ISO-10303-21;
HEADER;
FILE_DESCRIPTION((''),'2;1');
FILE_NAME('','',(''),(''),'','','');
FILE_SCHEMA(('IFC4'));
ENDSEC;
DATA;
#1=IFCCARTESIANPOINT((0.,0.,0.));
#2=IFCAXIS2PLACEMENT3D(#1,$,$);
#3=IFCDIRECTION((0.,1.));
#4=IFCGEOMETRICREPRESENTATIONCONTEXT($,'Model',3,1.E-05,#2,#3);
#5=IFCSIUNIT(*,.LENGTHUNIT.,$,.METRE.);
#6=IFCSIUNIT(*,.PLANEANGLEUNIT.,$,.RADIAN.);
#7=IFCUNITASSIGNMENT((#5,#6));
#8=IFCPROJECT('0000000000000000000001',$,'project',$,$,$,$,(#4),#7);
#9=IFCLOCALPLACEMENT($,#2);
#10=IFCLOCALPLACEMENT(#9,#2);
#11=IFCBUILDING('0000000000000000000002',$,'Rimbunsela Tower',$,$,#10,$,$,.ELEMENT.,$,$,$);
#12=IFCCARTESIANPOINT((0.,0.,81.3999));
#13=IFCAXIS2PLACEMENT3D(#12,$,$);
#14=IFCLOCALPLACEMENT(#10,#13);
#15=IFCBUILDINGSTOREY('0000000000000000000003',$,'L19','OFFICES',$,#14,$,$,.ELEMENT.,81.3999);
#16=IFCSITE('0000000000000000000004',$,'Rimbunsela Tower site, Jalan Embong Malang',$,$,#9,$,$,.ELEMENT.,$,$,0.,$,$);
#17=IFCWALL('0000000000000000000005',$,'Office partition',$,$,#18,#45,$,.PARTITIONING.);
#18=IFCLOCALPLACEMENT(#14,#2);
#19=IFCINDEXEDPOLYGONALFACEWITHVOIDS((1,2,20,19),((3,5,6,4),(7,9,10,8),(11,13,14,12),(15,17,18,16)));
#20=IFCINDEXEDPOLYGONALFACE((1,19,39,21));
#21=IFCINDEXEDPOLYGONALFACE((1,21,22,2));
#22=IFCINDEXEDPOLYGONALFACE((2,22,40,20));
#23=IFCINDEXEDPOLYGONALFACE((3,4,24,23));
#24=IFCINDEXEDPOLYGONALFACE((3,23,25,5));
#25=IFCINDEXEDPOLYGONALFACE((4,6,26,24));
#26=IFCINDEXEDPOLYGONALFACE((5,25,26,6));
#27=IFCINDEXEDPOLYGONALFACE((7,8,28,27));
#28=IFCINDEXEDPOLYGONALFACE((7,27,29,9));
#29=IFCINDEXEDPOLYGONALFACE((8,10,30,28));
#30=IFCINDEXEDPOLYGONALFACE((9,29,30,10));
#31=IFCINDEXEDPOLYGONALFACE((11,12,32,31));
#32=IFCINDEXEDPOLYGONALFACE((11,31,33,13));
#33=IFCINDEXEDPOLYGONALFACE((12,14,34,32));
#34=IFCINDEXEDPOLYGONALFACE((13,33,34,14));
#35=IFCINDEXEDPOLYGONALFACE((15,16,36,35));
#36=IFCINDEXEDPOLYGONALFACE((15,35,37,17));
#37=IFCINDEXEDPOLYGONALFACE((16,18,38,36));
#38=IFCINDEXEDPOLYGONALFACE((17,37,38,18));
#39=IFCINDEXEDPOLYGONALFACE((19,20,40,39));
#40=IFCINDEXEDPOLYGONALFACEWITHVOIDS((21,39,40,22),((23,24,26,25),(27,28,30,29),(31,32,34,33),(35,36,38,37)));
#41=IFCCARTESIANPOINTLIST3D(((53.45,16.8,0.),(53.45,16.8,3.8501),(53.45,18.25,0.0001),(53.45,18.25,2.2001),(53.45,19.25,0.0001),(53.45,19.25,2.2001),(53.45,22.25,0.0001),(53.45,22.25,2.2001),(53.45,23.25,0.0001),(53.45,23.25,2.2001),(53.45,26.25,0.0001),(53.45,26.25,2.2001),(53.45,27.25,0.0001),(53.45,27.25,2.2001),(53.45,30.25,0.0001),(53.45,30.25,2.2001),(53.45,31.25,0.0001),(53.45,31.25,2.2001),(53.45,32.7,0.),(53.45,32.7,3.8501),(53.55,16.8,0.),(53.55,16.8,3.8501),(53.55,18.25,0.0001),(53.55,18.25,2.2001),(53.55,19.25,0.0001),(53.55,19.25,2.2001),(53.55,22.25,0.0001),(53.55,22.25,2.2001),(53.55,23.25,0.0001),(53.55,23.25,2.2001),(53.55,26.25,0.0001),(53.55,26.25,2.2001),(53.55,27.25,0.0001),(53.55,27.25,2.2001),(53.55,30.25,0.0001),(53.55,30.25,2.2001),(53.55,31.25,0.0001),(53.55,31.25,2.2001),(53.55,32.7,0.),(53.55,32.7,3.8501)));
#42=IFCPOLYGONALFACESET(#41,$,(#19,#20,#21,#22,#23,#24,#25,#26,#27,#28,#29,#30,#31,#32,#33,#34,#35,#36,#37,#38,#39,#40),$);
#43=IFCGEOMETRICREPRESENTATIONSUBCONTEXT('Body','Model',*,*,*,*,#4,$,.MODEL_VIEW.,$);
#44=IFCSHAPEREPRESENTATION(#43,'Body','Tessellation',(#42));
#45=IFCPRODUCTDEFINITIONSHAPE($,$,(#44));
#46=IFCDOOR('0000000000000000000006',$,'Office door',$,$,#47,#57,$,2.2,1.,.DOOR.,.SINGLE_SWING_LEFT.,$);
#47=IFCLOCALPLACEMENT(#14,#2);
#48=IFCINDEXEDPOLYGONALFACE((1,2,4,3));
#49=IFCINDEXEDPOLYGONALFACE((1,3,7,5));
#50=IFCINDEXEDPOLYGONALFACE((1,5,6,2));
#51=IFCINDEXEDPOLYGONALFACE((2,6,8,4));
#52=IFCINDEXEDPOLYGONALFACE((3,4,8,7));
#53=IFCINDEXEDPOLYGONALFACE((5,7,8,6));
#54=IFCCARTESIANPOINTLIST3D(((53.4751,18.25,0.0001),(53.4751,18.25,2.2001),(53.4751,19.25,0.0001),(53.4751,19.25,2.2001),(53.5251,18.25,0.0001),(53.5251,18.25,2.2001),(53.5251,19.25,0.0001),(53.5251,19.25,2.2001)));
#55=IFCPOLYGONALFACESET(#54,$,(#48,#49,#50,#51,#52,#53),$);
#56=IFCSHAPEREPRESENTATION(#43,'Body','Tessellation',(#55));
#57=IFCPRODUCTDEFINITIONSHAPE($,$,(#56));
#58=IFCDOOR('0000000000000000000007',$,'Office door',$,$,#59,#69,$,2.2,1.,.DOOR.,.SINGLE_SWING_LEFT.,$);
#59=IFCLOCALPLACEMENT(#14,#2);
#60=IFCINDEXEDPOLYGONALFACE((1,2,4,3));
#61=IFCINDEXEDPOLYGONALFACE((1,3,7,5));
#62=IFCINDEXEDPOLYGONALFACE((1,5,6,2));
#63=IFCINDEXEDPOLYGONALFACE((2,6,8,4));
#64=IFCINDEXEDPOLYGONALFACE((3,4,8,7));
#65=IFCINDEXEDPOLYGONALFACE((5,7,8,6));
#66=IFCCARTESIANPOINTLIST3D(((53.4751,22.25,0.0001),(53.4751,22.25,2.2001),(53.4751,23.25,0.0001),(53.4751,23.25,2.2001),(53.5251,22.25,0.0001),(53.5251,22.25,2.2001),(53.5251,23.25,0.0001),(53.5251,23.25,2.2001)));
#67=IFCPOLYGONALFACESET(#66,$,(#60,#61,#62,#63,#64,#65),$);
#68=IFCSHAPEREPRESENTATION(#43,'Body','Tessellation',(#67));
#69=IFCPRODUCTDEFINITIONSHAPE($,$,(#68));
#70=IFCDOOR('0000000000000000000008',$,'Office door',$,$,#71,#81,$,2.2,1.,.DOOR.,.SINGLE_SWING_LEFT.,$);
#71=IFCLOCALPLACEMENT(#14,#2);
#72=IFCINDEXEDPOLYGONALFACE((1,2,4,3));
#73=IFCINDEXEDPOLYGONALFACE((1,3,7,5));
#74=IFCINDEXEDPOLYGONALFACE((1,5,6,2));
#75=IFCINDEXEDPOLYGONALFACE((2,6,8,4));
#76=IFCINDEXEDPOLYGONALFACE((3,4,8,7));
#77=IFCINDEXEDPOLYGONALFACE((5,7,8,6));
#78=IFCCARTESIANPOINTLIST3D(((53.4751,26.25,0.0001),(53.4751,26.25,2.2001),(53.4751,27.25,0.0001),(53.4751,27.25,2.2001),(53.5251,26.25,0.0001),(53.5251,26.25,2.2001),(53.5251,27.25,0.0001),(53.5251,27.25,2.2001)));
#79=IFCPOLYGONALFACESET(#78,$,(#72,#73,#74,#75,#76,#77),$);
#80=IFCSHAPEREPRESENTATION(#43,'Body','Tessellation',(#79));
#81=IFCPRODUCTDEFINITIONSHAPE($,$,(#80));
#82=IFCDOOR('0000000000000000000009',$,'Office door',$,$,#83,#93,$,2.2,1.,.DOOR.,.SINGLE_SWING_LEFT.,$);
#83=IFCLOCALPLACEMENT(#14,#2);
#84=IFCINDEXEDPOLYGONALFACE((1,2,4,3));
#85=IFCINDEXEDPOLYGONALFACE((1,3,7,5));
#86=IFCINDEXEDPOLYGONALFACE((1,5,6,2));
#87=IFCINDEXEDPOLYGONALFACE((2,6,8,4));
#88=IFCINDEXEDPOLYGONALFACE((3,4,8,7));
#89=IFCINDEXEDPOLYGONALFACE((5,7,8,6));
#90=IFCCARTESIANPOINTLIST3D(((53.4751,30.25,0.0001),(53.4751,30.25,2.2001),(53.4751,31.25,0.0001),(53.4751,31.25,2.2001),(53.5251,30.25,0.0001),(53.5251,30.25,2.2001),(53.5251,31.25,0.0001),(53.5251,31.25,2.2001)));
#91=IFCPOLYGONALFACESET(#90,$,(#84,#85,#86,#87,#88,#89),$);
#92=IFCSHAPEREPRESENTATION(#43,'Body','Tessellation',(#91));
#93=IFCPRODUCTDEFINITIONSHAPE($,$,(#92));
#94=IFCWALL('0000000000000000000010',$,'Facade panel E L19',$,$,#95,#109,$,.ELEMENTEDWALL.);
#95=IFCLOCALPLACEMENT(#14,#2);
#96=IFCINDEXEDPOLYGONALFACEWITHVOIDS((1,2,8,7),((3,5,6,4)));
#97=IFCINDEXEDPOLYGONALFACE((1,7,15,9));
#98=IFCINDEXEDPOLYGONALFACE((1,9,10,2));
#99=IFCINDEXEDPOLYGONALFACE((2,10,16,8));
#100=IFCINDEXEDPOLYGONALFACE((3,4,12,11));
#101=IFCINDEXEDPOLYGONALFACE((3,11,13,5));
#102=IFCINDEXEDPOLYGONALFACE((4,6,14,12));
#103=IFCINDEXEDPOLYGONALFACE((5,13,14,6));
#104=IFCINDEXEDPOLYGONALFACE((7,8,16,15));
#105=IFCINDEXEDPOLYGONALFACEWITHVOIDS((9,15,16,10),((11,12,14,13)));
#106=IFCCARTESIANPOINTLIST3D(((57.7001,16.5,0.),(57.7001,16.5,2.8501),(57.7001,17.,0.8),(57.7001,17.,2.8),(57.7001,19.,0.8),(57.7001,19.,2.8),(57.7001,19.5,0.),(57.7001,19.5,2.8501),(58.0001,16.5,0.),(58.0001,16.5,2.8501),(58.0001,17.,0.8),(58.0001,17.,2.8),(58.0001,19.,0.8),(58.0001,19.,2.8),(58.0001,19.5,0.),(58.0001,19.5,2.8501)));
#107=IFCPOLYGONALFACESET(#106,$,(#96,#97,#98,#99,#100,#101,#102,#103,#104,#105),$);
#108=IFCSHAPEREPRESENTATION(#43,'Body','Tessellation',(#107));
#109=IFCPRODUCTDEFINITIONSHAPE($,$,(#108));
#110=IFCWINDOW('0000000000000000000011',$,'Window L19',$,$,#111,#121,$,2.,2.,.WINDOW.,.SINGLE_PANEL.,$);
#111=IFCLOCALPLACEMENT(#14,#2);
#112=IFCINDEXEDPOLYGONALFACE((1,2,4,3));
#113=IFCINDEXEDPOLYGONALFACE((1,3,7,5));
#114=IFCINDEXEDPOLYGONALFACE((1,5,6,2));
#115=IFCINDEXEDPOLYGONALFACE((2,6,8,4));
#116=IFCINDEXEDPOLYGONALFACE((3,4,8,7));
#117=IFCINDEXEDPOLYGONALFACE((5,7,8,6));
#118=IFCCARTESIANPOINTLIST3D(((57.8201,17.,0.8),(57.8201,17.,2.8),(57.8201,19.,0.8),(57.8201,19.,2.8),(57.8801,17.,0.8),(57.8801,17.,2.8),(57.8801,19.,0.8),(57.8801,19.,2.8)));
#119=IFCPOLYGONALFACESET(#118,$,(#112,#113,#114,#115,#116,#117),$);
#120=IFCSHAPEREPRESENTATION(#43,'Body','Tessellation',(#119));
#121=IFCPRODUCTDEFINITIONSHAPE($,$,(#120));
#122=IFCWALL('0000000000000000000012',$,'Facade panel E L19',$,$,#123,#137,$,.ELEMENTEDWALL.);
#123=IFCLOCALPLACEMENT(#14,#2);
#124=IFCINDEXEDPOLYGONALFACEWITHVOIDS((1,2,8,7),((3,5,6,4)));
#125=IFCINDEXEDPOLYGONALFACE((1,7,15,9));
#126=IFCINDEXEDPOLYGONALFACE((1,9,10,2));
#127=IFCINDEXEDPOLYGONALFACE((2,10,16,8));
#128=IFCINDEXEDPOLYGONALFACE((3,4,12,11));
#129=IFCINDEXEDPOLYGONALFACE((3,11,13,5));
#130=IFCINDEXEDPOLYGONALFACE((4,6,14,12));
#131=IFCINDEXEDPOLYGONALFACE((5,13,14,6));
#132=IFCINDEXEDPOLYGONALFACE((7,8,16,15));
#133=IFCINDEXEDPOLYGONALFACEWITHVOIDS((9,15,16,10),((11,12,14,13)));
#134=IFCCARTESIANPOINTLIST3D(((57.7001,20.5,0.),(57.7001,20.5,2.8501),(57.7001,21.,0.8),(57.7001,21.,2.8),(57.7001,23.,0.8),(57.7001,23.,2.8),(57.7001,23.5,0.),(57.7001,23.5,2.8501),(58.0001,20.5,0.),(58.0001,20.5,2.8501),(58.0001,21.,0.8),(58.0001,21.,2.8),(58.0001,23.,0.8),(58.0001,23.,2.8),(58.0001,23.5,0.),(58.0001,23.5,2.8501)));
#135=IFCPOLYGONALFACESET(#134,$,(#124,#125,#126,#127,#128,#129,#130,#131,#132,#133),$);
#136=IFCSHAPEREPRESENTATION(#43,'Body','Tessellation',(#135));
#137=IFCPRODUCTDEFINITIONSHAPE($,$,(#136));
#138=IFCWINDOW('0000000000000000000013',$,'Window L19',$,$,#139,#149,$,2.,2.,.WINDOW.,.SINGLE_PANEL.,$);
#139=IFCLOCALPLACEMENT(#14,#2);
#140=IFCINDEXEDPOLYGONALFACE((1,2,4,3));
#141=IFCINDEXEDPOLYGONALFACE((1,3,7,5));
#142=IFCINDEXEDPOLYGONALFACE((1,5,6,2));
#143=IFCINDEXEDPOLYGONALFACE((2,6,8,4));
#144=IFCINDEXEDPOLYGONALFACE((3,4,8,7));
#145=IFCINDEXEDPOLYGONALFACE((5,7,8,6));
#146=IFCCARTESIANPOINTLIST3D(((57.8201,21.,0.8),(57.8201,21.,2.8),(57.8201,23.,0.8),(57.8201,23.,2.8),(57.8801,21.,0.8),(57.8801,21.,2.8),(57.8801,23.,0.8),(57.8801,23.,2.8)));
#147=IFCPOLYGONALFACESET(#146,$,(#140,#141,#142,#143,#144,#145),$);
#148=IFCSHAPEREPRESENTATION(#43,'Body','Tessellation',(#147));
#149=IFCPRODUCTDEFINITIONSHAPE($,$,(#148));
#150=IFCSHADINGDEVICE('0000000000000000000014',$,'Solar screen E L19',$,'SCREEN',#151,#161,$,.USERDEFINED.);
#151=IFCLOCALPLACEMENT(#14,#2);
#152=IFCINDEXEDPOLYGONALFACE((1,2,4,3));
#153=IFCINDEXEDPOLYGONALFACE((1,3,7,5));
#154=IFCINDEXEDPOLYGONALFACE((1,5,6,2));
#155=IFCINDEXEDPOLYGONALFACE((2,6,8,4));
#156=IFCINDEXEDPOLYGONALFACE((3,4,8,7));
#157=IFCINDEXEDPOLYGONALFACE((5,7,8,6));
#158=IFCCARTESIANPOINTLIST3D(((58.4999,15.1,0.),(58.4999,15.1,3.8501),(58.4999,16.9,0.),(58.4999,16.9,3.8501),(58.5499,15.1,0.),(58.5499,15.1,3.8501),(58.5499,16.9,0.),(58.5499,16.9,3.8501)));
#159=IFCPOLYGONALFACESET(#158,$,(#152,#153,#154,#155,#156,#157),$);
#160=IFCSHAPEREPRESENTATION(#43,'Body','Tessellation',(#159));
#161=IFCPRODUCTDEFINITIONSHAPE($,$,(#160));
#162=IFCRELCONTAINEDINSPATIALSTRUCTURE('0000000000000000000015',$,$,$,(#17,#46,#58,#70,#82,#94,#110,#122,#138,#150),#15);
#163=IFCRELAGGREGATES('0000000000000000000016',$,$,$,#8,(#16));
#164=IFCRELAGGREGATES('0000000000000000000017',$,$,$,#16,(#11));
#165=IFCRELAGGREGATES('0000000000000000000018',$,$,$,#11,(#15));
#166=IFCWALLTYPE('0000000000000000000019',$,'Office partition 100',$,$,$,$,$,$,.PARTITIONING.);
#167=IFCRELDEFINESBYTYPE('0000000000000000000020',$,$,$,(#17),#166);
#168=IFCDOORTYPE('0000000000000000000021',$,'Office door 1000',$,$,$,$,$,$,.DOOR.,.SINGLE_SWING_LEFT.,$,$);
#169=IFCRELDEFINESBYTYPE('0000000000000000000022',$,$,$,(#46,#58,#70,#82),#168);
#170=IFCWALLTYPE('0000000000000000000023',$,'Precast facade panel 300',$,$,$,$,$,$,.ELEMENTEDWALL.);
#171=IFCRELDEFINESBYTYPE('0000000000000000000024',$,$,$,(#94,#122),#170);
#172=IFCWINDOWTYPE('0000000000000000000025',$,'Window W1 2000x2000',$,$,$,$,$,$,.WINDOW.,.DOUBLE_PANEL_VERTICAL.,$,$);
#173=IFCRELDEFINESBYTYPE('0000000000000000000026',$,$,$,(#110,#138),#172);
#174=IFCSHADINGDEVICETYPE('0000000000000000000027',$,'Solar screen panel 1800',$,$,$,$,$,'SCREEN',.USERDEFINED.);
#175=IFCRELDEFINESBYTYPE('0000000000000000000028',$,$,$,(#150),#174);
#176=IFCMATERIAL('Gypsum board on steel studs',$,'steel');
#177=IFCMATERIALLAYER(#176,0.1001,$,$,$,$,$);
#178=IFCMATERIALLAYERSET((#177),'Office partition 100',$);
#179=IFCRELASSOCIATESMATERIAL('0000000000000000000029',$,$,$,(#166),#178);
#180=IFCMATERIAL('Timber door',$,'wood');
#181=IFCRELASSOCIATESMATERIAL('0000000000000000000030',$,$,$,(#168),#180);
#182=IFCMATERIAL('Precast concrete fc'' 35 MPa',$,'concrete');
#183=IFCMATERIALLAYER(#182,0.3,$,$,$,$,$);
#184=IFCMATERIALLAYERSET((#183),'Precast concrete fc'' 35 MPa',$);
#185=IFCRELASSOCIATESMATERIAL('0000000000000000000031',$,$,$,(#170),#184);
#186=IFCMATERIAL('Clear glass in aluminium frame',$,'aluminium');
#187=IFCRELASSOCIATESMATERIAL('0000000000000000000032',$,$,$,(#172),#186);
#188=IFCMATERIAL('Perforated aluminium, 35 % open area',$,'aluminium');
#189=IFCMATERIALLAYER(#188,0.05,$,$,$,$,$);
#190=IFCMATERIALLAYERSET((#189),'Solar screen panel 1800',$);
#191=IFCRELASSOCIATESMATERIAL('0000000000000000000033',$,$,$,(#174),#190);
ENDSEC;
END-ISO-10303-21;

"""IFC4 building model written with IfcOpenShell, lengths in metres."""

from ifc_helpers import new_model, si_unit, direction, frame, frame_2d, origin, origin_2d, place, context, subcontext, project, spatial, rectangle, extrude, material, layer, layer_set, type_object, element, fill, save


model = new_model("IFC4")

# Units and contexts
model_context = context("Model", 3, precision=1e-05, world=origin(), true_north=direction((0.0, 1.0)))
body_context = subcontext(model_context, "Body", "Model", "MODEL_VIEW")
ifc_project = project(units=[si_unit("LENGTHUNIT", "METRE"), si_unit("PLANEANGLEUNIT", "RADIAN")], contexts=[model_context])

# Site, building, storey
site_placement = place(None, origin())
site = spatial("IfcSite", under=ifc_project, at=site_placement, Name="Rimbunsela Tower site, Jalan Embong Malang", CompositionType="ELEMENT", RefElevation=0.0)
building_placement = place(site_placement, origin())
building = spatial("IfcBuilding", under=site, at=building_placement, Name="Rimbunsela Tower", CompositionType="ELEMENT")
storey_placement = place(building_placement, frame((0.0, 0.0, 81.3999)))
storey = spatial("IfcBuildingStorey", under=building, at=storey_placement, Name="L19", Description="OFFICES", CompositionType="ELEMENT", Elevation=81.3999)

# Shared definitions
ifc_material_1 = material(Name="Gypsum board on steel studs", Category="steel")
ifc_layer_1 = layer(ifc_material_1, 0.1001)
ifc_layer_set_1 = layer_set([ifc_layer_1], Name="Office partition 100")
wall_type_1 = type_object("IfcWallType", Name="Office partition 100", PredefinedType="PARTITIONING", material=ifc_layer_set_1)

# Wall, openings, doors
wall_1_placement = place(storey_placement, frame((53.5, 16.8, 0.0), z_axis=(0.0, 0.0, 1.0), x_axis=(0.0, 1.0, 0.0)))
wall_1 = element("IfcWall", 1, at=wall_1_placement, inside=storey, type_object=wall_type_1, Name="Office partition", PredefinedType="PARTITIONING", context=body_context, shape_type="SweptSolid", body=[
    extrude(rectangle(XDim=15.8999, YDim=0.1001, at=frame_2d((7.95, 0.0))), origin(), (0.0, 0.0, 1.0), 3.8501),
])
opening_1_placement = place(wall_1_placement, frame((1.45, 0.0, 0.0)))
opening_1 = element("IfcOpeningElement", 2, at=opening_1_placement, cuts=wall_1, PredefinedType="OPENING", context=body_context, shape_type="SweptSolid", body=[
    extrude(rectangle(XDim=1.0, YDim=2.2, at=frame_2d((0.5, 1.1001))), frame((0.0, 0.0601, 0.0), z_axis=(0.0, -1.0, 0.0), x_axis=(1.0, 0.0, 0.0)), (0.0, 0.0, 1.0), 0.1201),
])
opening_2_placement = place(wall_1_placement, frame((5.45, 0.0, 0.0)))
opening_2 = element("IfcOpeningElement", 3, at=opening_2_placement, cuts=wall_1, PredefinedType="OPENING", context=body_context, shape_type="SweptSolid", body=[
    extrude(rectangle(XDim=1.0, YDim=2.2, at=frame_2d((0.5, 1.1001))), frame((0.0, 0.0601, 0.0), z_axis=(0.0, -1.0, 0.0), x_axis=(1.0, 0.0, 0.0)), (0.0, 0.0, 1.0), 0.1201),
])
opening_3_placement = place(wall_1_placement, frame((9.45, 0.0, 0.0)))
opening_3 = element("IfcOpeningElement", 4, at=opening_3_placement, cuts=wall_1, PredefinedType="OPENING", context=body_context, shape_type="SweptSolid", body=[
    extrude(rectangle(XDim=1.0, YDim=2.2, at=frame_2d((0.5, 1.1001))), frame((0.0, 0.0601, 0.0), z_axis=(0.0, -1.0, 0.0), x_axis=(1.0, 0.0, 0.0)), (0.0, 0.0, 1.0), 0.1201),
])
opening_4_placement = place(wall_1_placement, frame((13.45, 0.0, 0.0)))
opening_4 = element("IfcOpeningElement", 5, at=opening_4_placement, cuts=wall_1, PredefinedType="OPENING", context=body_context, shape_type="SweptSolid", body=[
    extrude(rectangle(XDim=1.0, YDim=2.2, at=frame_2d((0.5, 1.1001))), frame((0.0, 0.0601, 0.0), z_axis=(0.0, -1.0, 0.0), x_axis=(1.0, 0.0, 0.0)), (0.0, 0.0, 1.0), 0.1201),
])
ifc_material_2 = material(Name="Timber door", Category="wood")
door_type = type_object("IfcDoorType", Name="Office door 1000", OperationType="SINGLE_SWING_LEFT", PredefinedType="DOOR", material=ifc_material_2)
door_1_placement = place(opening_1_placement, origin())
door_1 = element("IfcDoor", 6, at=door_1_placement, inside=storey, type_object=door_type, Name="Office door", OperationType="SINGLE_SWING_LEFT", OverallHeight=2.2, OverallWidth=1.0, PredefinedType="DOOR", context=body_context, shape_type="SweptSolid", body=[
    extrude(rectangle(XDim=1.0, YDim=2.2, at=frame_2d((0.5, 1.1001))), frame((0.0, 0.0249, 0.0), z_axis=(0.0, -1.0, 0.0), x_axis=(1.0, 0.0, 0.0)), (0.0, 0.0, 1.0), 0.05),
])
fill(opening_1, door_1)
door_2_placement = place(opening_2_placement, origin())
door_2 = element("IfcDoor", 7, at=door_2_placement, inside=storey, type_object=door_type, Name="Office door", OperationType="SINGLE_SWING_LEFT", OverallHeight=2.2, OverallWidth=1.0, PredefinedType="DOOR", context=body_context, shape_type="SweptSolid", body=[
    extrude(rectangle(XDim=1.0, YDim=2.2, at=frame_2d((0.5, 1.1001))), frame((0.0, 0.0249, 0.0), z_axis=(0.0, -1.0, 0.0), x_axis=(1.0, 0.0, 0.0)), (0.0, 0.0, 1.0), 0.05),
])
fill(opening_2, door_2)
door_3_placement = place(opening_3_placement, origin())
door_3 = element("IfcDoor", 8, at=door_3_placement, inside=storey, type_object=door_type, Name="Office door", OperationType="SINGLE_SWING_LEFT", OverallHeight=2.2, OverallWidth=1.0, PredefinedType="DOOR", context=body_context, shape_type="SweptSolid", body=[
    extrude(rectangle(XDim=1.0, YDim=2.2, at=frame_2d((0.5, 1.1001))), frame((0.0, 0.0249, 0.0), z_axis=(0.0, -1.0, 0.0), x_axis=(1.0, 0.0, 0.0)), (0.0, 0.0, 1.0), 0.05),
])
fill(opening_3, door_3)
door_4_placement = place(opening_4_placement, origin())
door_4 = element("IfcDoor", 9, at=door_4_placement, inside=storey, type_object=door_type, Name="Office door", OperationType="SINGLE_SWING_LEFT", OverallHeight=2.2, OverallWidth=1.0, PredefinedType="DOOR", context=body_context, shape_type="SweptSolid", body=[
    extrude(rectangle(XDim=1.0, YDim=2.2, at=frame_2d((0.5, 1.1001))), frame((0.0, 0.0249, 0.0), z_axis=(0.0, -1.0, 0.0), x_axis=(1.0, 0.0, 0.0)), (0.0, 0.0, 1.0), 0.05),
])
fill(opening_4, door_4)

# Walls, openings, windows
ifc_material_3 = material(Name="Precast concrete fc' 35 MPa", Category="concrete")
ifc_layer_2 = layer(ifc_material_3, 0.3)
ifc_layer_set_2 = layer_set([ifc_layer_2], Name="Precast concrete fc' 35 MPa")
wall_type_2 = type_object("IfcWallType", Name="Precast facade panel 300", PredefinedType="ELEMENTEDWALL", material=ifc_layer_set_2)
wall_2_placement = place(storey_placement, frame((57.8501, 16.5, 0.0), z_axis=(0.0, 0.0, 1.0), x_axis=(0.0, 1.0, 0.0)))
wall_2 = element("IfcWall", 10, at=wall_2_placement, inside=storey, type_object=wall_type_2, Name="Facade panel E L19", PredefinedType="ELEMENTEDWALL", context=body_context, shape_type="SweptSolid", body=[
    extrude(rectangle(XDim=3.0, YDim=0.3, at=frame_2d((1.5, 0.0))), origin(), (0.0, 0.0, 1.0), 2.8501),
])
opening_5_placement = place(wall_2_placement, frame((0.5, 0.0, 0.8)))
opening_5 = element("IfcOpeningElement", 11, at=opening_5_placement, cuts=wall_2, PredefinedType="OPENING", context=body_context, shape_type="SweptSolid", body=[
    extrude(rectangle(XDim=2.0, YDim=2.0, at=frame_2d((1.0, 1.0))), frame((0.0, 0.1599, 0.0), z_axis=(0.0, -1.0, 0.0), x_axis=(1.0, 0.0, 0.0)), (0.0, 0.0, 1.0), 0.3201),
])
ifc_material_4 = material(Name="Clear glass in aluminium frame", Category="aluminium")
window_type = type_object("IfcWindowType", Name="Window W1 2000x2000", PartitioningType="DOUBLE_PANEL_VERTICAL", PredefinedType="WINDOW", material=ifc_material_4)
window_1_placement = place(opening_5_placement, origin())
window_1 = element("IfcWindow", 12, at=window_1_placement, inside=storey, type_object=window_type, Name="Window L19", OverallHeight=2.0, OverallWidth=2.0, PartitioningType="SINGLE_PANEL", PredefinedType="WINDOW", context=body_context, shape_type="SweptSolid", body=[
    extrude(rectangle(XDim=2.0, YDim=2.0, at=frame_2d((1.0, 1.0))), frame((0.0, 0.03, 0.0), z_axis=(0.0, -1.0, 0.0), x_axis=(1.0, 0.0, 0.0)), (0.0, 0.0, 1.0), 0.0601),
])
fill(opening_5, window_1)
wall_3_placement = place(storey_placement, frame((57.8501, 20.5, 0.0), z_axis=(0.0, 0.0, 1.0), x_axis=(0.0, 1.0, 0.0)))
wall_3 = element("IfcWall", 13, at=wall_3_placement, inside=storey, type_object=wall_type_2, Name="Facade panel E L19", PredefinedType="ELEMENTEDWALL", context=body_context, shape_type="SweptSolid", body=[
    extrude(rectangle(XDim=3.0, YDim=0.3, at=frame_2d((1.5, 0.0))), origin(), (0.0, 0.0, 1.0), 2.8501),
])
opening_6_placement = place(wall_3_placement, frame((0.5, 0.0, 0.8)))
opening_6 = element("IfcOpeningElement", 14, at=opening_6_placement, cuts=wall_3, PredefinedType="OPENING", context=body_context, shape_type="SweptSolid", body=[
    extrude(rectangle(XDim=2.0, YDim=2.0, at=frame_2d((1.0, 1.0))), frame((0.0, 0.1599, 0.0), z_axis=(0.0, -1.0, 0.0), x_axis=(1.0, 0.0, 0.0)), (0.0, 0.0, 1.0), 0.3201),
])
window_2_placement = place(opening_6_placement, origin())
window_2 = element("IfcWindow", 15, at=window_2_placement, inside=storey, type_object=window_type, Name="Window L19", OverallHeight=2.0, OverallWidth=2.0, PartitioningType="SINGLE_PANEL", PredefinedType="WINDOW", context=body_context, shape_type="SweptSolid", body=[
    extrude(rectangle(XDim=2.0, YDim=2.0, at=frame_2d((1.0, 1.0))), frame((0.0, 0.03, 0.0), z_axis=(0.0, -1.0, 0.0), x_axis=(1.0, 0.0, 0.0)), (0.0, 0.0, 1.0), 0.0601),
])
fill(opening_6, window_2)

# Shading device
ifc_material_5 = material(Name="Perforated aluminium, 35 % open area", Category="aluminium")
ifc_layer_3 = layer(ifc_material_5, 0.05)
ifc_layer_set_3 = layer_set([ifc_layer_3], Name="Solar screen panel 1800")
shading_device_type = type_object("IfcShadingDeviceType", Name="Solar screen panel 1800", ElementType="SCREEN", PredefinedType="USERDEFINED", material=ifc_layer_set_3)
for number, where, z_axis, x_axis, name in (
    (16, (58.5249, 16.0, 0.0), (0.0, 0.0, 1.0), (0.0, 1.0, 0.0), "Solar screen E L19"),
):
    element("IfcShadingDevice", number, at=place(storey_placement, frame(where, z_axis=z_axis, x_axis=x_axis)), inside=storey, type_object=shading_device_type, Name=name, ObjectType="SCREEN", PredefinedType="USERDEFINED", context=body_context, shape_type="SweptSolid", body=[
        extrude(rectangle(XDim=1.8, YDim=0.05, at=origin_2d()), origin(), (0.0, 0.0, 1.0), 3.8501),
    ])

save(model, "model.ifc")
